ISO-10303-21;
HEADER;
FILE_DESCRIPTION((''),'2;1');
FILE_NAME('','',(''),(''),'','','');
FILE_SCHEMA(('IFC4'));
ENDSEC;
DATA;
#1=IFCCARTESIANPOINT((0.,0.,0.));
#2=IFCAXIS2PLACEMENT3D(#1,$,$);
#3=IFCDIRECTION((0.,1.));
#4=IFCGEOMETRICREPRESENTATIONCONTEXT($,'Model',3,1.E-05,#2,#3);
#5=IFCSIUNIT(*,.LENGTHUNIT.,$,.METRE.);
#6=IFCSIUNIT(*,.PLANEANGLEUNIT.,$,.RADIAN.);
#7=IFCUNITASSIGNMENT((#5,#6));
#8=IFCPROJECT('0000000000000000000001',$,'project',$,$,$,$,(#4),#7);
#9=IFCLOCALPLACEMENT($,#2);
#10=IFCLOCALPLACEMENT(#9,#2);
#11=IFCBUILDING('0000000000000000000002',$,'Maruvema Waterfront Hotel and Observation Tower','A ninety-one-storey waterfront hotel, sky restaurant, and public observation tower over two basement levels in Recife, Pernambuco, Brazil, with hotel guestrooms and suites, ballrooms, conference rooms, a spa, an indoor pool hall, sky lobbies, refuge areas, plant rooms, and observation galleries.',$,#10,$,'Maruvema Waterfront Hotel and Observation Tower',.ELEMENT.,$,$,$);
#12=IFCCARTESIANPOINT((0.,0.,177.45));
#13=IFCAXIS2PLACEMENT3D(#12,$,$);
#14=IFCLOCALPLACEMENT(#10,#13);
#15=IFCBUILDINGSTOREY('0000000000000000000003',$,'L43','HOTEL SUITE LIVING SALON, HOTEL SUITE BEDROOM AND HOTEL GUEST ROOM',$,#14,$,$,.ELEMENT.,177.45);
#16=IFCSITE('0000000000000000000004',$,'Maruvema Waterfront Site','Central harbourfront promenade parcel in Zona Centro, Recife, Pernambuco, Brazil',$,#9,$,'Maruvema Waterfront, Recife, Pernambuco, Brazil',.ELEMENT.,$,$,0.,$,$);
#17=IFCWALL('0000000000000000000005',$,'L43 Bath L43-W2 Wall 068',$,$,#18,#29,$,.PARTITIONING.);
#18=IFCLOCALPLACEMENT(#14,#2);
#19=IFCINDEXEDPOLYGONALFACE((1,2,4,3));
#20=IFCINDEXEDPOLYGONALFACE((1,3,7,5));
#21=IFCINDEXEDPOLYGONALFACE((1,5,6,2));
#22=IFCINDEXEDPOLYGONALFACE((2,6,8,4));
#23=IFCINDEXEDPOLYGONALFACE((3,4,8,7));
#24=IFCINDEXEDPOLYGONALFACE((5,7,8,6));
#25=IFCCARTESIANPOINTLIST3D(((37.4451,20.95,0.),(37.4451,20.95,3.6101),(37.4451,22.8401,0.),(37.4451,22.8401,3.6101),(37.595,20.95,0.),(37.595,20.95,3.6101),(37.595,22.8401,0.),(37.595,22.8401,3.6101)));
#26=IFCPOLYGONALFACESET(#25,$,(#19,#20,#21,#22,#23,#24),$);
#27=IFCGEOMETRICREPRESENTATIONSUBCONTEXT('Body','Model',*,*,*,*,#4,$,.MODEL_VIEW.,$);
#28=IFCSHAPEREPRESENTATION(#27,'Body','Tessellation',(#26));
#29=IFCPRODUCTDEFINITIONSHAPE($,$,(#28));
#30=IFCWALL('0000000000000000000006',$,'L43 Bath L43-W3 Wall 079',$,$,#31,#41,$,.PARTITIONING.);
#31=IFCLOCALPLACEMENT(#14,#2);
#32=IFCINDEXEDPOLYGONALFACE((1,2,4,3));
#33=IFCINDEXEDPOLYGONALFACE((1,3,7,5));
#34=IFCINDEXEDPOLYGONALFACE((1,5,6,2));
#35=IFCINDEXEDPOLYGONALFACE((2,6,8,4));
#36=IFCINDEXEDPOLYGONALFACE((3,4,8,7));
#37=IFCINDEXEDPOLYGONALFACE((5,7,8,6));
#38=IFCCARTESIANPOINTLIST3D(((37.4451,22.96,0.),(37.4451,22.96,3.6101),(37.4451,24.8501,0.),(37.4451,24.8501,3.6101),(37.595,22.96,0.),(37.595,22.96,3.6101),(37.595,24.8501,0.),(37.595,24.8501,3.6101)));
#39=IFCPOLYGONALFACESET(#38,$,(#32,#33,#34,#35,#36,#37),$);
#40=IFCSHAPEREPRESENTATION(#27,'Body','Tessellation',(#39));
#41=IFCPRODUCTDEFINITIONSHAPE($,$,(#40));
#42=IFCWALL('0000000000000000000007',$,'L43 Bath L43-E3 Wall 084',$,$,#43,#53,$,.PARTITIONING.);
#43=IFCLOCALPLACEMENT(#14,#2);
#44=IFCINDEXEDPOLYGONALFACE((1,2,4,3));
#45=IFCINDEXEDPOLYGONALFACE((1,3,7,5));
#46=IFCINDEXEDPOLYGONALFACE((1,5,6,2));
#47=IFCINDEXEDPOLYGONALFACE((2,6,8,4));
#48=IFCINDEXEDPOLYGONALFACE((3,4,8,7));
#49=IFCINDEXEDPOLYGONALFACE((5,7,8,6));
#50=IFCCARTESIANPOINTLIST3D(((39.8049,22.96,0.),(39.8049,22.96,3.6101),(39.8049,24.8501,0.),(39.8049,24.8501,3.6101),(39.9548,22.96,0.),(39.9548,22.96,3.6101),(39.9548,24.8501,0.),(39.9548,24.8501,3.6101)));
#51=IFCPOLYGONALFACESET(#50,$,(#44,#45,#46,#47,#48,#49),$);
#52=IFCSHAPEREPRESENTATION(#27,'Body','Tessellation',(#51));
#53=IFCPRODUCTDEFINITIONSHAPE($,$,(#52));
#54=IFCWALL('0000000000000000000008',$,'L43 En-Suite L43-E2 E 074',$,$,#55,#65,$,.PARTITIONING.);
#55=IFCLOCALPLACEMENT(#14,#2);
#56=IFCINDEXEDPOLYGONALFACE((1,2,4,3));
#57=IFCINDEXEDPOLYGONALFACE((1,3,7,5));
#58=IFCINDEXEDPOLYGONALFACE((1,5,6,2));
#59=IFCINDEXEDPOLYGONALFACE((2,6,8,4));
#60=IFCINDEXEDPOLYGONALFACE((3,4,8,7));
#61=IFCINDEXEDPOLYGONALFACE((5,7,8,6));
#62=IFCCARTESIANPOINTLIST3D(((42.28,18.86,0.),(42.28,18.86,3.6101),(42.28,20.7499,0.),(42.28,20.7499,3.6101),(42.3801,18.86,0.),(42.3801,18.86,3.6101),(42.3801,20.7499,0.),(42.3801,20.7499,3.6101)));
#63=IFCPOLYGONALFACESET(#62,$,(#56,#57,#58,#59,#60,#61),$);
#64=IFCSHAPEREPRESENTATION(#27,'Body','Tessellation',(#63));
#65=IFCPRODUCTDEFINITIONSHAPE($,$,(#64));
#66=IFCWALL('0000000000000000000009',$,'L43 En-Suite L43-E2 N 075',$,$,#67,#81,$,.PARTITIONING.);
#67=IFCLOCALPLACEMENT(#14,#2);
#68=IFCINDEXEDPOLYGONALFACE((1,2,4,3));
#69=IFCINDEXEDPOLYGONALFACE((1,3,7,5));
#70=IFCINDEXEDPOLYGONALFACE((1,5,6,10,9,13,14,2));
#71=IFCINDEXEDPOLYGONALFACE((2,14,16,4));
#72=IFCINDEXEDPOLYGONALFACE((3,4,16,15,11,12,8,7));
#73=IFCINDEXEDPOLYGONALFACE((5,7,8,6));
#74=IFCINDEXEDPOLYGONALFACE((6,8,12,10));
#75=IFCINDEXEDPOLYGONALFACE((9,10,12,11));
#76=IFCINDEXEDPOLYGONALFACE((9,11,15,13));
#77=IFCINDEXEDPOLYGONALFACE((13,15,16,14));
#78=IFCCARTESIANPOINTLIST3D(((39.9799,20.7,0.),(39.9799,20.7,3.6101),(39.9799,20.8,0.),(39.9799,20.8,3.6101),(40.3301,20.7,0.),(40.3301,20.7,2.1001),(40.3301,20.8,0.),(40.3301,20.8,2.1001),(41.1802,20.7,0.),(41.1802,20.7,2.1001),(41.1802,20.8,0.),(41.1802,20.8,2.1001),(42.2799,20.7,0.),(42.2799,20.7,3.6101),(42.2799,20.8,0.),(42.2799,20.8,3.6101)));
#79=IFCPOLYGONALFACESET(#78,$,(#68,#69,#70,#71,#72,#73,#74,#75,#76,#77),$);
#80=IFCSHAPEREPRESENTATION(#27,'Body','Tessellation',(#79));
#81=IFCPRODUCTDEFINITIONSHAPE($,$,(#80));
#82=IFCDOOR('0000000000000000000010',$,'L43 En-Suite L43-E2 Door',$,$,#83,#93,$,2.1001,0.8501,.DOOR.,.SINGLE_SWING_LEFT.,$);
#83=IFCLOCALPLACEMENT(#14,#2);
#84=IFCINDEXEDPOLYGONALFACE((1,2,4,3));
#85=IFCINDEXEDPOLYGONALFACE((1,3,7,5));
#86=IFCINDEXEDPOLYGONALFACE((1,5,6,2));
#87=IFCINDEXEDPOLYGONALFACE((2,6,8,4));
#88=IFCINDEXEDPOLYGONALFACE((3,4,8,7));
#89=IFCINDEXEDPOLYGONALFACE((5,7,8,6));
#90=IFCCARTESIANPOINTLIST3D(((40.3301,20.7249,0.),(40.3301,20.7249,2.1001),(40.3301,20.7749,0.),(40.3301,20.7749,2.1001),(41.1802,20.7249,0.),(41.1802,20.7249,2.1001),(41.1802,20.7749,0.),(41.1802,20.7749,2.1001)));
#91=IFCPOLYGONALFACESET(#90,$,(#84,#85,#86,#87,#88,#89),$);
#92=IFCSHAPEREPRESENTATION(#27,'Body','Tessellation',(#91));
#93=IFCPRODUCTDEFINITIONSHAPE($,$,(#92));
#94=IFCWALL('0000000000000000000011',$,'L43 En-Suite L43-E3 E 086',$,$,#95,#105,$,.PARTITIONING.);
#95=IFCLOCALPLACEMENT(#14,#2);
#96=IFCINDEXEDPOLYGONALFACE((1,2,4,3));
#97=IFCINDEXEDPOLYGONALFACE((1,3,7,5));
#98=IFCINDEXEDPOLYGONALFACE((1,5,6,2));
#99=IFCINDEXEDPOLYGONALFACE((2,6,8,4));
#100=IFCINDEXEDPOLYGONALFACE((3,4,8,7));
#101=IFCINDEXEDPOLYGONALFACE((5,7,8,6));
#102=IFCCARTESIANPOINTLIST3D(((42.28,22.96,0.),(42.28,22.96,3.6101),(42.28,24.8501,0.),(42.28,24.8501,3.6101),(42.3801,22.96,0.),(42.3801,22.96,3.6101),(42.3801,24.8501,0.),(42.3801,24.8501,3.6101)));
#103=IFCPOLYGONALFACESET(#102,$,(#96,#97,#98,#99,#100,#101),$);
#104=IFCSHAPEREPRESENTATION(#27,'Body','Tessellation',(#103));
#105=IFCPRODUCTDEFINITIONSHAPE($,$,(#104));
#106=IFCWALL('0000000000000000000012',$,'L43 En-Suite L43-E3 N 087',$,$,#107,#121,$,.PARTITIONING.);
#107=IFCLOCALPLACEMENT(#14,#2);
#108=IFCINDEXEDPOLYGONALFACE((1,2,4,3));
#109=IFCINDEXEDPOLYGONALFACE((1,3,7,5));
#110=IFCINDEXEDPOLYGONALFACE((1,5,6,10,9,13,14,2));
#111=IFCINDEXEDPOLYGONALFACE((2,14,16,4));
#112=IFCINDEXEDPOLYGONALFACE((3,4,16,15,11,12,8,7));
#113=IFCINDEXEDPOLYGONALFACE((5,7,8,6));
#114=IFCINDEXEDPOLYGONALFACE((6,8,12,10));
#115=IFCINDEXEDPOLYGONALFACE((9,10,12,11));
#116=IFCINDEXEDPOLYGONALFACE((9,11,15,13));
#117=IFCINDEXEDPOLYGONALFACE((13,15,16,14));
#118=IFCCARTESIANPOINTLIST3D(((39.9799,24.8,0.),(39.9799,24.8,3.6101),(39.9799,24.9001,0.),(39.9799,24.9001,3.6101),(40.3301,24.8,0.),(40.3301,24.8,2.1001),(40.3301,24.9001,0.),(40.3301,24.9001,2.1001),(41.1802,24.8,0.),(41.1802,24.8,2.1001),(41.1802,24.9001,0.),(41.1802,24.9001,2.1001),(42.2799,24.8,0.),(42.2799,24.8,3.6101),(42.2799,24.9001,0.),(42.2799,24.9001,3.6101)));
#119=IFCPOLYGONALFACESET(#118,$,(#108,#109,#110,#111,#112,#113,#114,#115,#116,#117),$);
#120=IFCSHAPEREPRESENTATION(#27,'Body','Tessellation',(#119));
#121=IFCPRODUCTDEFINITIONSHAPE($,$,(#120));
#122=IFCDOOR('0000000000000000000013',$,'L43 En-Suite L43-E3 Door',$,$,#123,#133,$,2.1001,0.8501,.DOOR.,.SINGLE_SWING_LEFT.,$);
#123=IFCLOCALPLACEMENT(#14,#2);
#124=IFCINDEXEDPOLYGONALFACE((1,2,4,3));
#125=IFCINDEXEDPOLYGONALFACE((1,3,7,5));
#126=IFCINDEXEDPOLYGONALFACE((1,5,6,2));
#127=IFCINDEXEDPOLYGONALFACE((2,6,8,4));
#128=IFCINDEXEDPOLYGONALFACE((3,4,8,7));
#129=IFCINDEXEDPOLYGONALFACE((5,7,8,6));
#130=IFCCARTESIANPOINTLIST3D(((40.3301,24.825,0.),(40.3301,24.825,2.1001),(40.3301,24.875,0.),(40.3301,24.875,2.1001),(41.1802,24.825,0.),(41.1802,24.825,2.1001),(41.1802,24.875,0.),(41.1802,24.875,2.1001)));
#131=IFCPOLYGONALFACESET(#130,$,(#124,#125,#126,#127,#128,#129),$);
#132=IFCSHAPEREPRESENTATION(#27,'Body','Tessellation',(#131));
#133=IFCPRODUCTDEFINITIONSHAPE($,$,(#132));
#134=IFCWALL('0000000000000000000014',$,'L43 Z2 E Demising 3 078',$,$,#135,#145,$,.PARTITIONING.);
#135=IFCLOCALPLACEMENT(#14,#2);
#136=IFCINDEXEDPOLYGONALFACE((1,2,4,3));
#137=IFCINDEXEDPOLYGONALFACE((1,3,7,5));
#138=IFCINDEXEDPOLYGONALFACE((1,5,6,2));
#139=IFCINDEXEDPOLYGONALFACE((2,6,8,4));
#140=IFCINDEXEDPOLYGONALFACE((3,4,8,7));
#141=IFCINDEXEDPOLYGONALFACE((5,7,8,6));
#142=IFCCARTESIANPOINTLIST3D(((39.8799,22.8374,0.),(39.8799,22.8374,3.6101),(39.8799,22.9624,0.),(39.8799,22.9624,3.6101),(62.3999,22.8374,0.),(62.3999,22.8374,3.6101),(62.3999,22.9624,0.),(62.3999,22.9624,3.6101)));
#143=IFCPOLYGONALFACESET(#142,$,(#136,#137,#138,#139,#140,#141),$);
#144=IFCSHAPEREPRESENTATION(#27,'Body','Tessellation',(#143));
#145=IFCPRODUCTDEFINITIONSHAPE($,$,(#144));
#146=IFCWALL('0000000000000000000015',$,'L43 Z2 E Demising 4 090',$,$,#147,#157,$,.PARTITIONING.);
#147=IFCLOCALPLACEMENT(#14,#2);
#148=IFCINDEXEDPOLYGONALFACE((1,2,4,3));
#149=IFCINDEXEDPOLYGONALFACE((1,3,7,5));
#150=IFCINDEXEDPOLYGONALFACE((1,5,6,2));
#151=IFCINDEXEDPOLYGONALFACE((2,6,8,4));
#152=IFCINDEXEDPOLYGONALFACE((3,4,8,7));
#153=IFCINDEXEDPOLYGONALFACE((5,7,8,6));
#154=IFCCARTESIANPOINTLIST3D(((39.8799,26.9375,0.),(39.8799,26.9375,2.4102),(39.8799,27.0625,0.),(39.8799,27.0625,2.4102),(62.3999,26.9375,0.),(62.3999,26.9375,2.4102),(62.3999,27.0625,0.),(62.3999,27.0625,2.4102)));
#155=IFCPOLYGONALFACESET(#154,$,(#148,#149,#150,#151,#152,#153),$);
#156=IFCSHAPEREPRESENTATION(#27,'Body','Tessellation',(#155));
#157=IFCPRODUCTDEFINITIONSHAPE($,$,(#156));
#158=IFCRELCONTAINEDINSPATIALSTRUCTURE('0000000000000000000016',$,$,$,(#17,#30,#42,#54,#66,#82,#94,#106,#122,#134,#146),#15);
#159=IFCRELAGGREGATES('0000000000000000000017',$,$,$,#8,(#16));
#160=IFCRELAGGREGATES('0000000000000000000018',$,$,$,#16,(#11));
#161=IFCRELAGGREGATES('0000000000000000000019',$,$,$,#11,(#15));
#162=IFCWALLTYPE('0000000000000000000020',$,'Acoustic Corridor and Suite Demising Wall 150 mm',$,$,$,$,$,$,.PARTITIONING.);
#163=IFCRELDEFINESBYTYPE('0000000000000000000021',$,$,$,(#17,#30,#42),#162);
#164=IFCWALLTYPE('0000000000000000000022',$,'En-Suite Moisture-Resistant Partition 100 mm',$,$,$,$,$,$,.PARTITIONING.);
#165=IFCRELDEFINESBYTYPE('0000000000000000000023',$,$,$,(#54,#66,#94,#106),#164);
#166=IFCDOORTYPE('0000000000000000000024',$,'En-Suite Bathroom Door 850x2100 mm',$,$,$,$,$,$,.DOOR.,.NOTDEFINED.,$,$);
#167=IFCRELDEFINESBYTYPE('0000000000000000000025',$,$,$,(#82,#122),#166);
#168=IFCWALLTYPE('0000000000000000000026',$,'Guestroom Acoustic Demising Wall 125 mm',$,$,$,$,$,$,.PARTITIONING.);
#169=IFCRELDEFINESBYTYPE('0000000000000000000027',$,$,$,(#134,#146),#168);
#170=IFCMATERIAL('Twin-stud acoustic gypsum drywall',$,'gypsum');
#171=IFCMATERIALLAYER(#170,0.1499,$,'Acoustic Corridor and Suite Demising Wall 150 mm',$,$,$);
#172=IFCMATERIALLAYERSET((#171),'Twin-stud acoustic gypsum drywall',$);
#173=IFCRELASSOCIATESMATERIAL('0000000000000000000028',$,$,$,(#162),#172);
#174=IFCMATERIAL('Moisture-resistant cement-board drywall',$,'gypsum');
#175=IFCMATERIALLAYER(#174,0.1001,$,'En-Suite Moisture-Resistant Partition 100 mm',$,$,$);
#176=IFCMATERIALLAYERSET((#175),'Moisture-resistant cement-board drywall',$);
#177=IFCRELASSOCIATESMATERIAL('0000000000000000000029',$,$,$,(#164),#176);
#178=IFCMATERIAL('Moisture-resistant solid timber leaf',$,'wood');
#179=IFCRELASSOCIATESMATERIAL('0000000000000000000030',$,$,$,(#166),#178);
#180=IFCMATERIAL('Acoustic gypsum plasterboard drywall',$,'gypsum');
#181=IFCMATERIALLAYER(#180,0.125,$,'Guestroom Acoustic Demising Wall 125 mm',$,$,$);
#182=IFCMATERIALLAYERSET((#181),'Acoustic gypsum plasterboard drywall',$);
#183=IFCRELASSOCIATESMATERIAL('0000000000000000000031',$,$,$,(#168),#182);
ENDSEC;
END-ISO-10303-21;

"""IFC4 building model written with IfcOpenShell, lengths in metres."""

from ifc_helpers import new_model, si_unit, direction, frame, frame_2d, origin, place, context, subcontext, project, spatial, rectangle, extrude, material, layer, layer_set, type_object, element, fill, save


model = new_model("IFC4")

# Units and contexts
model_context = context("Model", 3, precision=1e-05, world=origin(), true_north=direction((0.0, 1.0)))
body_context = subcontext(model_context, "Body", "Model", "MODEL_VIEW")
ifc_project = project(units=[si_unit("LENGTHUNIT", "METRE"), si_unit("PLANEANGLEUNIT", "RADIAN")], contexts=[model_context])

# Site, building, storey
site_placement = place(None, origin())
site = spatial("IfcSite", under=ifc_project, at=site_placement, Name="Maruvema Waterfront Site", Description="Central harbourfront promenade parcel in Zona Centro, Recife, Pernambuco, Brazil", LongName="Maruvema Waterfront, Recife, Pernambuco, Brazil", CompositionType="ELEMENT", RefElevation=0.0)
building_placement = place(site_placement, origin())
building = spatial("IfcBuilding", under=site, at=building_placement, Name="Maruvema Waterfront Hotel and Observation Tower", Description="A ninety-one-storey waterfront hotel, sky restaurant, and public observation tower over two basement levels in Recife, Pernambuco, Brazil, with hotel guestrooms and suites, ballrooms, conference rooms, a spa, an indoor pool hall, sky lobbies, refuge areas, plant rooms, and observation galleries.", LongName="Maruvema Waterfront Hotel and Observation Tower", CompositionType="ELEMENT")
storey_placement = place(building_placement, frame((0.0, 0.0, 177.45)))
storey = spatial("IfcBuildingStorey", under=building, at=storey_placement, Name="L43", Description="HOTEL SUITE LIVING SALON, HOTEL SUITE BEDROOM AND HOTEL GUEST ROOM", CompositionType="ELEMENT", Elevation=177.45)

# Wall
ifc_material_1 = material(Name="Twin-stud acoustic gypsum drywall", Category="gypsum")
ifc_layer_1 = layer(ifc_material_1, 0.1499, Name="Acoustic Corridor and Suite Demising Wall 150 mm")
ifc_layer_set_1 = layer_set([ifc_layer_1], Name="Twin-stud acoustic gypsum drywall")
wall_type_1 = type_object("IfcWallType", Name="Acoustic Corridor and Suite Demising Wall 150 mm", PredefinedType="PARTITIONING", material=ifc_layer_set_1)
wall_1_placement = place(storey_placement, frame((37.52, 20.95, 0.0), z_axis=(0.0, 0.0, 1.0), x_axis=(0.0, 1.0, 0.0)))
element("IfcWall", 1, at=wall_1_placement, inside=storey, type_object=wall_type_1, Name="L43 Bath L43-W2 Wall 068", PredefinedType="PARTITIONING", context=body_context, shape_type="SweptSolid", body=[
    extrude(rectangle(XDim=1.8901, YDim=0.1499, at=frame_2d((0.9451, 0.0))), origin(), (0.0, 0.0, 1.0), 3.6101),
])

# Wall
wall_2_placement = place(storey_placement, frame((37.52, 22.96, 0.0), z_axis=(0.0, 0.0, 1.0), x_axis=(0.0, 1.0, 0.0)))
element("IfcWall", 2, at=wall_2_placement, inside=storey, type_object=wall_type_1, Name="L43 Bath L43-W3 Wall 079", PredefinedType="PARTITIONING", context=body_context, shape_type="SweptSolid", body=[
    extrude(rectangle(XDim=1.8901, YDim=0.1499, at=frame_2d((0.9451, 0.0))), origin(), (0.0, 0.0, 1.0), 3.6101),
])

# Wall
wall_3_placement = place(storey_placement, frame((39.8799, 22.96, 0.0), z_axis=(0.0, 0.0, 1.0), x_axis=(0.0, 1.0, 0.0)))
element("IfcWall", 3, at=wall_3_placement, inside=storey, type_object=wall_type_1, Name="L43 Bath L43-E3 Wall 084", PredefinedType="PARTITIONING", context=body_context, shape_type="SweptSolid", body=[
    extrude(rectangle(XDim=1.8901, YDim=0.1499, at=frame_2d((0.9451, 0.0))), origin(), (0.0, 0.0, 1.0), 3.6101),
])

# Wall
ifc_material_2 = material(Name="Moisture-resistant cement-board drywall", Category="gypsum")
ifc_layer_2 = layer(ifc_material_2, 0.1001, Name="En-Suite Moisture-Resistant Partition 100 mm")
ifc_layer_set_2 = layer_set([ifc_layer_2], Name="Moisture-resistant cement-board drywall")
wall_type_2 = type_object("IfcWallType", Name="En-Suite Moisture-Resistant Partition 100 mm", PredefinedType="PARTITIONING", material=ifc_layer_set_2)
wall_4_placement = place(storey_placement, frame((42.3301, 18.8601, 0.0), z_axis=(0.0, 0.0, 1.0), x_axis=(0.0, 1.0, 0.0)))
element("IfcWall", 4, at=wall_4_placement, inside=storey, type_object=wall_type_2, Name="L43 En-Suite L43-E2 E 074", PredefinedType="PARTITIONING", context=body_context, shape_type="SweptSolid", body=[
    extrude(rectangle(XDim=1.8899, YDim=0.1001, at=frame_2d((0.9448, 0.0))), origin(), (0.0, 0.0, 1.0), 3.6101),
])

# Wall, opening, door
wall_5_placement = place(storey_placement, frame((39.98, 20.75, 0.0), z_axis=(0.0, 0.0, 1.0), x_axis=(1.0, 0.0, 0.0)))
wall_5 = element("IfcWall", 5, at=wall_5_placement, inside=storey, type_object=wall_type_2, Name="L43 En-Suite L43-E2 N 075", PredefinedType="PARTITIONING", context=body_context, shape_type="SweptSolid", body=[
    extrude(rectangle(XDim=2.3, YDim=0.1001, at=frame_2d((1.1499, 0.0))), origin(), (0.0, 0.0, 1.0), 3.6101),
])
opening_1_placement = place(wall_5_placement, frame((0.3501, 0.0, 0.0)))
opening_1 = element("IfcOpeningElement", 6, at=opening_1_placement, cuts=wall_5, PredefinedType="OPENING", context=body_context, shape_type="SweptSolid", body=[
    extrude(rectangle(XDim=0.8501, YDim=2.1001, at=frame_2d((0.425, 1.05))), frame((0.0, 0.0601, 0.0), z_axis=(0.0, -1.0, 0.0), x_axis=(1.0, 0.0, 0.0)), (0.0, 0.0, 1.0), 0.1201),
])
ifc_material_3 = material(Name="Moisture-resistant solid timber leaf", Category="wood")
door_type_1 = type_object("IfcDoorType", Name="En-Suite Bathroom Door 850x2100 mm", OperationType="NOTDEFINED", PredefinedType="DOOR", material=ifc_material_3)
door_1_placement = place(opening_1_placement, origin())
door_1 = element("IfcDoor", 7, at=door_1_placement, inside=storey, type_object=door_type_1, Name="L43 En-Suite L43-E2 Door", OperationType="SINGLE_SWING_LEFT", OverallHeight=2.1001, OverallWidth=0.8501, PredefinedType="DOOR", context=body_context, shape_type="SweptSolid", body=[
    extrude(rectangle(XDim=0.8501, YDim=2.1001, at=frame_2d((0.425, 1.05))), frame((0.0, 0.0249, 0.0), z_axis=(0.0, -1.0, 0.0), x_axis=(1.0, 0.0, 0.0)), (0.0, 0.0, 1.0), 0.05),
])
fill(opening_1, door_1)

# Wall
wall_6_placement = place(storey_placement, frame((42.3301, 22.96, 0.0), z_axis=(0.0, 0.0, 1.0), x_axis=(0.0, 1.0, 0.0)))
element("IfcWall", 8, at=wall_6_placement, inside=storey, type_object=wall_type_2, Name="L43 En-Suite L43-E3 E 086", PredefinedType="PARTITIONING", context=body_context, shape_type="SweptSolid", body=[
    extrude(rectangle(XDim=1.8901, YDim=0.1001, at=frame_2d((0.9451, 0.0))), origin(), (0.0, 0.0, 1.0), 3.6101),
])

# Wall, opening, door
wall_7_placement = place(storey_placement, frame((39.98, 24.8501, 0.0), z_axis=(0.0, 0.0, 1.0), x_axis=(1.0, 0.0, 0.0)))
wall_7 = element("IfcWall", 9, at=wall_7_placement, inside=storey, type_object=wall_type_2, Name="L43 En-Suite L43-E3 N 087", PredefinedType="PARTITIONING", context=body_context, shape_type="SweptSolid", body=[
    extrude(rectangle(XDim=2.3, YDim=0.1001, at=frame_2d((1.1499, 0.0))), origin(), (0.0, 0.0, 1.0), 3.6101),
])
opening_2_placement = place(wall_7_placement, frame((0.3501, 0.0, 0.0)))
opening_2 = element("IfcOpeningElement", 10, at=opening_2_placement, cuts=wall_7, PredefinedType="OPENING", context=body_context, shape_type="SweptSolid", body=[
    extrude(rectangle(XDim=0.8501, YDim=2.1001, at=frame_2d((0.425, 1.05))), frame((0.0, 0.0601, 0.0), z_axis=(0.0, -1.0, 0.0), x_axis=(1.0, 0.0, 0.0)), (0.0, 0.0, 1.0), 0.1201),
])
door_2_placement = place(opening_2_placement, origin())
door_2 = element("IfcDoor", 11, at=door_2_placement, inside=storey, type_object=door_type_1, Name="L43 En-Suite L43-E3 Door", OperationType="SINGLE_SWING_LEFT", OverallHeight=2.1001, OverallWidth=0.8501, PredefinedType="DOOR", context=body_context, shape_type="SweptSolid", body=[
    extrude(rectangle(XDim=0.8501, YDim=2.1001, at=frame_2d((0.425, 1.05))), frame((0.0, 0.0249, 0.0), z_axis=(0.0, -1.0, 0.0), x_axis=(1.0, 0.0, 0.0)), (0.0, 0.0, 1.0), 0.05),
])
fill(opening_2, door_2)

# Walls
ifc_material_4 = material(Name="Acoustic gypsum plasterboard drywall", Category="gypsum")
ifc_layer_3 = layer(ifc_material_4, 0.125, Name="Guestroom Acoustic Demising Wall 125 mm")
ifc_layer_set_3 = layer_set([ifc_layer_3], Name="Acoustic gypsum plasterboard drywall")
wall_type_3 = type_object("IfcWallType", Name="Guestroom Acoustic Demising Wall 125 mm", PredefinedType="PARTITIONING", material=ifc_layer_set_3)
wall_8_placement = place(storey_placement, frame((39.8799, 22.8999, 0.0), z_axis=(0.0, 0.0, 1.0), x_axis=(1.0, 0.0, 0.0)))
element("IfcWall", 12, at=wall_8_placement, inside=storey, type_object=wall_type_3, Name="L43 Z2 E Demising 3 078", PredefinedType="PARTITIONING", context=body_context, shape_type="SweptSolid", body=[
    extrude(rectangle(XDim=22.52, YDim=0.125, at=frame_2d((11.26, 0.0))), origin(), (0.0, 0.0, 1.0), 3.6101),
])
wall_9_placement = place(storey_placement, frame((39.8799, 27.0, 0.0), z_axis=(0.0, 0.0, 1.0), x_axis=(1.0, 0.0, 0.0)))
element("IfcWall", 13, at=wall_9_placement, inside=storey, type_object=wall_type_3, Name="L43 Z2 E Demising 4 090", PredefinedType="PARTITIONING", context=body_context, shape_type="SweptSolid", body=[
    extrude(rectangle(XDim=22.52, YDim=0.125, at=frame_2d((11.26, 0.0))), origin(), (0.0, 0.0, 1.0), 2.4102),
])

save(model, "model.ifc")
